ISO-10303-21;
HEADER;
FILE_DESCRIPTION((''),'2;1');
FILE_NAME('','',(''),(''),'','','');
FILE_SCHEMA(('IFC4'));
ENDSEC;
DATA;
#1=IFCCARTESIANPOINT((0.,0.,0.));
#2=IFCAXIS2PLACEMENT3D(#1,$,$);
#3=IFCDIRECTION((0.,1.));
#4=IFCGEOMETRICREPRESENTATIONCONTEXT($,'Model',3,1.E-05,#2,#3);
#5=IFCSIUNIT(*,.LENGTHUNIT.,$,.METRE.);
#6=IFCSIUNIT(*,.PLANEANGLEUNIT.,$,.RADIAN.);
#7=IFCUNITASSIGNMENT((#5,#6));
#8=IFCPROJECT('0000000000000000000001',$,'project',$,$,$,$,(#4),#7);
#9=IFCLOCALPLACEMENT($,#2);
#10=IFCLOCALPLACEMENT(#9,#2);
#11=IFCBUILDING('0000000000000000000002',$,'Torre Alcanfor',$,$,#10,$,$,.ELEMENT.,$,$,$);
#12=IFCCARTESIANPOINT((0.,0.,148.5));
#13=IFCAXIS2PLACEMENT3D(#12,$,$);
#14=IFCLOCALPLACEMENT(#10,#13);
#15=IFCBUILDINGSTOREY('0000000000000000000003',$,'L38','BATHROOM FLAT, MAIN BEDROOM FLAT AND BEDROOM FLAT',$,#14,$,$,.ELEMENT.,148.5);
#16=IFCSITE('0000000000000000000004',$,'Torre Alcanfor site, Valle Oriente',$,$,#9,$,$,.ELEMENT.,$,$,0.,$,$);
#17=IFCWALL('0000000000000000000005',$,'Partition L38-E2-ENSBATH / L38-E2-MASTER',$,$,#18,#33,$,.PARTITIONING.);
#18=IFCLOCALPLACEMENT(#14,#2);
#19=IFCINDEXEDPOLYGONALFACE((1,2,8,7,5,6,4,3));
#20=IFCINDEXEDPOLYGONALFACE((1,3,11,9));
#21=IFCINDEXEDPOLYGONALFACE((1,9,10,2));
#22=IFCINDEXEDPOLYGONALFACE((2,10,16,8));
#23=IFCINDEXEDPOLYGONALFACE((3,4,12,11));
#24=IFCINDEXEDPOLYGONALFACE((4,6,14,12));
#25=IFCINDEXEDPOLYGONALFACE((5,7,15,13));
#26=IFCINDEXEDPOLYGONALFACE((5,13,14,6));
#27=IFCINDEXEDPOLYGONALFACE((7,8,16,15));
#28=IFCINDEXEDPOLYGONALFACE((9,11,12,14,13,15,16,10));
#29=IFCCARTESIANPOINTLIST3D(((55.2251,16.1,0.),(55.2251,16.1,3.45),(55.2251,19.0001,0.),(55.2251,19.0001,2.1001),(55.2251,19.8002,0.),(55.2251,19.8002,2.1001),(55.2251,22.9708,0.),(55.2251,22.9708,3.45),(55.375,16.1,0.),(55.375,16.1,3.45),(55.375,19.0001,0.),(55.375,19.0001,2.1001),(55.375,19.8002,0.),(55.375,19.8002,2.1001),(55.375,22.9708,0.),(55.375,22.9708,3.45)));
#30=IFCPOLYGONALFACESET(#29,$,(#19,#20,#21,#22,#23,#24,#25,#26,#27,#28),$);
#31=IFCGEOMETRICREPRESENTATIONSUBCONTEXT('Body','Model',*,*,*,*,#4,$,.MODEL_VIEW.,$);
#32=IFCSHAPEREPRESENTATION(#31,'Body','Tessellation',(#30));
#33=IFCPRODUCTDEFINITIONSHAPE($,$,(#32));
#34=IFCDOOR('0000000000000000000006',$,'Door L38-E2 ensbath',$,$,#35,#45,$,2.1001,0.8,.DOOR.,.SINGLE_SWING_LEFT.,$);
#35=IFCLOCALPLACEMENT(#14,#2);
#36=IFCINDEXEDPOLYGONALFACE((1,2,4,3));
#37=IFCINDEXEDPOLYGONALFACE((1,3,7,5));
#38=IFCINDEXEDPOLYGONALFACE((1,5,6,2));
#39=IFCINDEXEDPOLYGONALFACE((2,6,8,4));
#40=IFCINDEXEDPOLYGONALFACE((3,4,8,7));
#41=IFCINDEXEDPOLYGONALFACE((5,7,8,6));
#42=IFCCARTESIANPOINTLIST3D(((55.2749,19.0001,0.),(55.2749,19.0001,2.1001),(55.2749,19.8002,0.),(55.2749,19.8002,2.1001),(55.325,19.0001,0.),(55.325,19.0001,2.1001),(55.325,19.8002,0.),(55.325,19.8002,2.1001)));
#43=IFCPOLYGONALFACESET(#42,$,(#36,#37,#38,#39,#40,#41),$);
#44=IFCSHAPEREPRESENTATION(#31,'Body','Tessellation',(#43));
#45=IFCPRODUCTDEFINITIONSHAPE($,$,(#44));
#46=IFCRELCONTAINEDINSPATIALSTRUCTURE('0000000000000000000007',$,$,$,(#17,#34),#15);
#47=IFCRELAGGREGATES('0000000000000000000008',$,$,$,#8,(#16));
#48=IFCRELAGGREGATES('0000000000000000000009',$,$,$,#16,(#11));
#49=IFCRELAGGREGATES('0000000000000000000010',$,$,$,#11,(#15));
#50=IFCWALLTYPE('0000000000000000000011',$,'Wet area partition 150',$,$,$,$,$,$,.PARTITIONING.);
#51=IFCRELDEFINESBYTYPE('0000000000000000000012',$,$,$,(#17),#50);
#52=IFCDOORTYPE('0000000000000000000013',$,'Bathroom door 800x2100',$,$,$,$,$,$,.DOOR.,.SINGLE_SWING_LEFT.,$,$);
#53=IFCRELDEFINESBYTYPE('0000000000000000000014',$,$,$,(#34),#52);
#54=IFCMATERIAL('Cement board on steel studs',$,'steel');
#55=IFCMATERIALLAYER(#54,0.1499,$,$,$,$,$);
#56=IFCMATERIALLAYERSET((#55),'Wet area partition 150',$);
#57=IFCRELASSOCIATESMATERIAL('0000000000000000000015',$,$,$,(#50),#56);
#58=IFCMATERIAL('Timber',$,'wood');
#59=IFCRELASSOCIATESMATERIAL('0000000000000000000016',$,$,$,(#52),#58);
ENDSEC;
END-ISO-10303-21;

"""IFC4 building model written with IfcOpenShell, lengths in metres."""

from ifc_helpers import new_model, si_unit, direction, frame, frame_2d, origin, place, context, subcontext, project, spatial, rectangle, extrude, material, layer, layer_set, type_object, element, fill, save


model = new_model("IFC4")

# Units and contexts
model_context = context("Model", 3, precision=1e-05, world=origin(), true_north=direction((0.0, 1.0)))
body_context = subcontext(model_context, "Body", "Model", "MODEL_VIEW")
ifc_project = project(units=[si_unit("LENGTHUNIT", "METRE"), si_unit("PLANEANGLEUNIT", "RADIAN")], contexts=[model_context])

# Site, building, storey
site_placement = place(None, origin())
site = spatial("IfcSite", under=ifc_project, at=site_placement, Name="Torre Alcanfor site, Valle Oriente", CompositionType="ELEMENT", RefElevation=0.0)
building_placement = place(site_placement, origin())
building = spatial("IfcBuilding", under=site, at=building_placement, Name="Torre Alcanfor", CompositionType="ELEMENT")
storey_placement = place(building_placement, frame((0.0, 0.0, 148.5)))
storey = spatial("IfcBuildingStorey", under=building, at=storey_placement, Name="L38", Description="BATHROOM FLAT, MAIN BEDROOM FLAT AND BEDROOM FLAT", CompositionType="ELEMENT", Elevation=148.5)

# Shared definitions
ifc_material_1 = material(Name="Cement board on steel studs", Category="steel")
ifc_layer_1 = layer(ifc_material_1, 0.1499)
ifc_layer_set_1 = layer_set([ifc_layer_1], Name="Wet area partition 150")
wall_type_1 = type_object("IfcWallType", Name="Wet area partition 150", PredefinedType="PARTITIONING", material=ifc_layer_set_1)

# Wall, opening, door
wall_1_placement = place(storey_placement, frame((55.3, 22.9709, 0.0), z_axis=(0.0, 0.0, 1.0), x_axis=(0.0, -1.0, 0.0)))
wall_1 = element("IfcWall", 1, at=wall_1_placement, inside=storey, type_object=wall_type_1, Name="Partition L38-E2-ENSBATH / L38-E2-MASTER", PredefinedType="PARTITIONING", context=body_context, shape_type="SweptSolid", body=[
    extrude(rectangle(XDim=6.8708, YDim=0.1499, at=frame_2d((3.4355, 0.0))), origin(), (0.0, 0.0, 1.0), 3.45),
])
opening_1_placement = place(wall_1_placement, frame((3.1709, 0.0, 0.0)))
opening_1 = element("IfcOpeningElement", 2, at=opening_1_placement, cuts=wall_1, PredefinedType="OPENING", context=body_context, shape_type="SweptSolid", body=[
    extrude(rectangle(XDim=0.8, YDim=2.1001, at=frame_2d((0.3999, 1.05))), frame((0.0, 0.085, 0.0), z_axis=(0.0, -1.0, 0.0), x_axis=(1.0, 0.0, 0.0)), (0.0, 0.0, 1.0), 0.1699),
])
ifc_material_2 = material(Name="Timber", Category="wood")
door_type_1 = type_object("IfcDoorType", Name="Bathroom door 800x2100", OperationType="SINGLE_SWING_LEFT", PredefinedType="DOOR", material=ifc_material_2)
door_1_placement = place(opening_1_placement, frame((0.8, 0.0, 0.0), z_axis=(0.0, 0.0, 1.0), x_axis=(-1.0, 0.0, 0.0)))
door_1 = element("IfcDoor", 3, at=door_1_placement, inside=storey, type_object=door_type_1, Name="Door L38-E2 ensbath", OperationType="SINGLE_SWING_LEFT", OverallHeight=2.1001, OverallWidth=0.8, PredefinedType="DOOR", context=body_context, shape_type="SweptSolid", body=[
    extrude(rectangle(XDim=0.8, YDim=2.1001, at=frame_2d((0.4001, 1.05))), frame((0.0, 0.0251, 0.0), z_axis=(0.0, -1.0, 0.0), x_axis=(1.0, 0.0, 0.0)), (0.0, 0.0, 1.0), 0.05),
])
fill(opening_1, door_1)

save(model, "model.ifc")
